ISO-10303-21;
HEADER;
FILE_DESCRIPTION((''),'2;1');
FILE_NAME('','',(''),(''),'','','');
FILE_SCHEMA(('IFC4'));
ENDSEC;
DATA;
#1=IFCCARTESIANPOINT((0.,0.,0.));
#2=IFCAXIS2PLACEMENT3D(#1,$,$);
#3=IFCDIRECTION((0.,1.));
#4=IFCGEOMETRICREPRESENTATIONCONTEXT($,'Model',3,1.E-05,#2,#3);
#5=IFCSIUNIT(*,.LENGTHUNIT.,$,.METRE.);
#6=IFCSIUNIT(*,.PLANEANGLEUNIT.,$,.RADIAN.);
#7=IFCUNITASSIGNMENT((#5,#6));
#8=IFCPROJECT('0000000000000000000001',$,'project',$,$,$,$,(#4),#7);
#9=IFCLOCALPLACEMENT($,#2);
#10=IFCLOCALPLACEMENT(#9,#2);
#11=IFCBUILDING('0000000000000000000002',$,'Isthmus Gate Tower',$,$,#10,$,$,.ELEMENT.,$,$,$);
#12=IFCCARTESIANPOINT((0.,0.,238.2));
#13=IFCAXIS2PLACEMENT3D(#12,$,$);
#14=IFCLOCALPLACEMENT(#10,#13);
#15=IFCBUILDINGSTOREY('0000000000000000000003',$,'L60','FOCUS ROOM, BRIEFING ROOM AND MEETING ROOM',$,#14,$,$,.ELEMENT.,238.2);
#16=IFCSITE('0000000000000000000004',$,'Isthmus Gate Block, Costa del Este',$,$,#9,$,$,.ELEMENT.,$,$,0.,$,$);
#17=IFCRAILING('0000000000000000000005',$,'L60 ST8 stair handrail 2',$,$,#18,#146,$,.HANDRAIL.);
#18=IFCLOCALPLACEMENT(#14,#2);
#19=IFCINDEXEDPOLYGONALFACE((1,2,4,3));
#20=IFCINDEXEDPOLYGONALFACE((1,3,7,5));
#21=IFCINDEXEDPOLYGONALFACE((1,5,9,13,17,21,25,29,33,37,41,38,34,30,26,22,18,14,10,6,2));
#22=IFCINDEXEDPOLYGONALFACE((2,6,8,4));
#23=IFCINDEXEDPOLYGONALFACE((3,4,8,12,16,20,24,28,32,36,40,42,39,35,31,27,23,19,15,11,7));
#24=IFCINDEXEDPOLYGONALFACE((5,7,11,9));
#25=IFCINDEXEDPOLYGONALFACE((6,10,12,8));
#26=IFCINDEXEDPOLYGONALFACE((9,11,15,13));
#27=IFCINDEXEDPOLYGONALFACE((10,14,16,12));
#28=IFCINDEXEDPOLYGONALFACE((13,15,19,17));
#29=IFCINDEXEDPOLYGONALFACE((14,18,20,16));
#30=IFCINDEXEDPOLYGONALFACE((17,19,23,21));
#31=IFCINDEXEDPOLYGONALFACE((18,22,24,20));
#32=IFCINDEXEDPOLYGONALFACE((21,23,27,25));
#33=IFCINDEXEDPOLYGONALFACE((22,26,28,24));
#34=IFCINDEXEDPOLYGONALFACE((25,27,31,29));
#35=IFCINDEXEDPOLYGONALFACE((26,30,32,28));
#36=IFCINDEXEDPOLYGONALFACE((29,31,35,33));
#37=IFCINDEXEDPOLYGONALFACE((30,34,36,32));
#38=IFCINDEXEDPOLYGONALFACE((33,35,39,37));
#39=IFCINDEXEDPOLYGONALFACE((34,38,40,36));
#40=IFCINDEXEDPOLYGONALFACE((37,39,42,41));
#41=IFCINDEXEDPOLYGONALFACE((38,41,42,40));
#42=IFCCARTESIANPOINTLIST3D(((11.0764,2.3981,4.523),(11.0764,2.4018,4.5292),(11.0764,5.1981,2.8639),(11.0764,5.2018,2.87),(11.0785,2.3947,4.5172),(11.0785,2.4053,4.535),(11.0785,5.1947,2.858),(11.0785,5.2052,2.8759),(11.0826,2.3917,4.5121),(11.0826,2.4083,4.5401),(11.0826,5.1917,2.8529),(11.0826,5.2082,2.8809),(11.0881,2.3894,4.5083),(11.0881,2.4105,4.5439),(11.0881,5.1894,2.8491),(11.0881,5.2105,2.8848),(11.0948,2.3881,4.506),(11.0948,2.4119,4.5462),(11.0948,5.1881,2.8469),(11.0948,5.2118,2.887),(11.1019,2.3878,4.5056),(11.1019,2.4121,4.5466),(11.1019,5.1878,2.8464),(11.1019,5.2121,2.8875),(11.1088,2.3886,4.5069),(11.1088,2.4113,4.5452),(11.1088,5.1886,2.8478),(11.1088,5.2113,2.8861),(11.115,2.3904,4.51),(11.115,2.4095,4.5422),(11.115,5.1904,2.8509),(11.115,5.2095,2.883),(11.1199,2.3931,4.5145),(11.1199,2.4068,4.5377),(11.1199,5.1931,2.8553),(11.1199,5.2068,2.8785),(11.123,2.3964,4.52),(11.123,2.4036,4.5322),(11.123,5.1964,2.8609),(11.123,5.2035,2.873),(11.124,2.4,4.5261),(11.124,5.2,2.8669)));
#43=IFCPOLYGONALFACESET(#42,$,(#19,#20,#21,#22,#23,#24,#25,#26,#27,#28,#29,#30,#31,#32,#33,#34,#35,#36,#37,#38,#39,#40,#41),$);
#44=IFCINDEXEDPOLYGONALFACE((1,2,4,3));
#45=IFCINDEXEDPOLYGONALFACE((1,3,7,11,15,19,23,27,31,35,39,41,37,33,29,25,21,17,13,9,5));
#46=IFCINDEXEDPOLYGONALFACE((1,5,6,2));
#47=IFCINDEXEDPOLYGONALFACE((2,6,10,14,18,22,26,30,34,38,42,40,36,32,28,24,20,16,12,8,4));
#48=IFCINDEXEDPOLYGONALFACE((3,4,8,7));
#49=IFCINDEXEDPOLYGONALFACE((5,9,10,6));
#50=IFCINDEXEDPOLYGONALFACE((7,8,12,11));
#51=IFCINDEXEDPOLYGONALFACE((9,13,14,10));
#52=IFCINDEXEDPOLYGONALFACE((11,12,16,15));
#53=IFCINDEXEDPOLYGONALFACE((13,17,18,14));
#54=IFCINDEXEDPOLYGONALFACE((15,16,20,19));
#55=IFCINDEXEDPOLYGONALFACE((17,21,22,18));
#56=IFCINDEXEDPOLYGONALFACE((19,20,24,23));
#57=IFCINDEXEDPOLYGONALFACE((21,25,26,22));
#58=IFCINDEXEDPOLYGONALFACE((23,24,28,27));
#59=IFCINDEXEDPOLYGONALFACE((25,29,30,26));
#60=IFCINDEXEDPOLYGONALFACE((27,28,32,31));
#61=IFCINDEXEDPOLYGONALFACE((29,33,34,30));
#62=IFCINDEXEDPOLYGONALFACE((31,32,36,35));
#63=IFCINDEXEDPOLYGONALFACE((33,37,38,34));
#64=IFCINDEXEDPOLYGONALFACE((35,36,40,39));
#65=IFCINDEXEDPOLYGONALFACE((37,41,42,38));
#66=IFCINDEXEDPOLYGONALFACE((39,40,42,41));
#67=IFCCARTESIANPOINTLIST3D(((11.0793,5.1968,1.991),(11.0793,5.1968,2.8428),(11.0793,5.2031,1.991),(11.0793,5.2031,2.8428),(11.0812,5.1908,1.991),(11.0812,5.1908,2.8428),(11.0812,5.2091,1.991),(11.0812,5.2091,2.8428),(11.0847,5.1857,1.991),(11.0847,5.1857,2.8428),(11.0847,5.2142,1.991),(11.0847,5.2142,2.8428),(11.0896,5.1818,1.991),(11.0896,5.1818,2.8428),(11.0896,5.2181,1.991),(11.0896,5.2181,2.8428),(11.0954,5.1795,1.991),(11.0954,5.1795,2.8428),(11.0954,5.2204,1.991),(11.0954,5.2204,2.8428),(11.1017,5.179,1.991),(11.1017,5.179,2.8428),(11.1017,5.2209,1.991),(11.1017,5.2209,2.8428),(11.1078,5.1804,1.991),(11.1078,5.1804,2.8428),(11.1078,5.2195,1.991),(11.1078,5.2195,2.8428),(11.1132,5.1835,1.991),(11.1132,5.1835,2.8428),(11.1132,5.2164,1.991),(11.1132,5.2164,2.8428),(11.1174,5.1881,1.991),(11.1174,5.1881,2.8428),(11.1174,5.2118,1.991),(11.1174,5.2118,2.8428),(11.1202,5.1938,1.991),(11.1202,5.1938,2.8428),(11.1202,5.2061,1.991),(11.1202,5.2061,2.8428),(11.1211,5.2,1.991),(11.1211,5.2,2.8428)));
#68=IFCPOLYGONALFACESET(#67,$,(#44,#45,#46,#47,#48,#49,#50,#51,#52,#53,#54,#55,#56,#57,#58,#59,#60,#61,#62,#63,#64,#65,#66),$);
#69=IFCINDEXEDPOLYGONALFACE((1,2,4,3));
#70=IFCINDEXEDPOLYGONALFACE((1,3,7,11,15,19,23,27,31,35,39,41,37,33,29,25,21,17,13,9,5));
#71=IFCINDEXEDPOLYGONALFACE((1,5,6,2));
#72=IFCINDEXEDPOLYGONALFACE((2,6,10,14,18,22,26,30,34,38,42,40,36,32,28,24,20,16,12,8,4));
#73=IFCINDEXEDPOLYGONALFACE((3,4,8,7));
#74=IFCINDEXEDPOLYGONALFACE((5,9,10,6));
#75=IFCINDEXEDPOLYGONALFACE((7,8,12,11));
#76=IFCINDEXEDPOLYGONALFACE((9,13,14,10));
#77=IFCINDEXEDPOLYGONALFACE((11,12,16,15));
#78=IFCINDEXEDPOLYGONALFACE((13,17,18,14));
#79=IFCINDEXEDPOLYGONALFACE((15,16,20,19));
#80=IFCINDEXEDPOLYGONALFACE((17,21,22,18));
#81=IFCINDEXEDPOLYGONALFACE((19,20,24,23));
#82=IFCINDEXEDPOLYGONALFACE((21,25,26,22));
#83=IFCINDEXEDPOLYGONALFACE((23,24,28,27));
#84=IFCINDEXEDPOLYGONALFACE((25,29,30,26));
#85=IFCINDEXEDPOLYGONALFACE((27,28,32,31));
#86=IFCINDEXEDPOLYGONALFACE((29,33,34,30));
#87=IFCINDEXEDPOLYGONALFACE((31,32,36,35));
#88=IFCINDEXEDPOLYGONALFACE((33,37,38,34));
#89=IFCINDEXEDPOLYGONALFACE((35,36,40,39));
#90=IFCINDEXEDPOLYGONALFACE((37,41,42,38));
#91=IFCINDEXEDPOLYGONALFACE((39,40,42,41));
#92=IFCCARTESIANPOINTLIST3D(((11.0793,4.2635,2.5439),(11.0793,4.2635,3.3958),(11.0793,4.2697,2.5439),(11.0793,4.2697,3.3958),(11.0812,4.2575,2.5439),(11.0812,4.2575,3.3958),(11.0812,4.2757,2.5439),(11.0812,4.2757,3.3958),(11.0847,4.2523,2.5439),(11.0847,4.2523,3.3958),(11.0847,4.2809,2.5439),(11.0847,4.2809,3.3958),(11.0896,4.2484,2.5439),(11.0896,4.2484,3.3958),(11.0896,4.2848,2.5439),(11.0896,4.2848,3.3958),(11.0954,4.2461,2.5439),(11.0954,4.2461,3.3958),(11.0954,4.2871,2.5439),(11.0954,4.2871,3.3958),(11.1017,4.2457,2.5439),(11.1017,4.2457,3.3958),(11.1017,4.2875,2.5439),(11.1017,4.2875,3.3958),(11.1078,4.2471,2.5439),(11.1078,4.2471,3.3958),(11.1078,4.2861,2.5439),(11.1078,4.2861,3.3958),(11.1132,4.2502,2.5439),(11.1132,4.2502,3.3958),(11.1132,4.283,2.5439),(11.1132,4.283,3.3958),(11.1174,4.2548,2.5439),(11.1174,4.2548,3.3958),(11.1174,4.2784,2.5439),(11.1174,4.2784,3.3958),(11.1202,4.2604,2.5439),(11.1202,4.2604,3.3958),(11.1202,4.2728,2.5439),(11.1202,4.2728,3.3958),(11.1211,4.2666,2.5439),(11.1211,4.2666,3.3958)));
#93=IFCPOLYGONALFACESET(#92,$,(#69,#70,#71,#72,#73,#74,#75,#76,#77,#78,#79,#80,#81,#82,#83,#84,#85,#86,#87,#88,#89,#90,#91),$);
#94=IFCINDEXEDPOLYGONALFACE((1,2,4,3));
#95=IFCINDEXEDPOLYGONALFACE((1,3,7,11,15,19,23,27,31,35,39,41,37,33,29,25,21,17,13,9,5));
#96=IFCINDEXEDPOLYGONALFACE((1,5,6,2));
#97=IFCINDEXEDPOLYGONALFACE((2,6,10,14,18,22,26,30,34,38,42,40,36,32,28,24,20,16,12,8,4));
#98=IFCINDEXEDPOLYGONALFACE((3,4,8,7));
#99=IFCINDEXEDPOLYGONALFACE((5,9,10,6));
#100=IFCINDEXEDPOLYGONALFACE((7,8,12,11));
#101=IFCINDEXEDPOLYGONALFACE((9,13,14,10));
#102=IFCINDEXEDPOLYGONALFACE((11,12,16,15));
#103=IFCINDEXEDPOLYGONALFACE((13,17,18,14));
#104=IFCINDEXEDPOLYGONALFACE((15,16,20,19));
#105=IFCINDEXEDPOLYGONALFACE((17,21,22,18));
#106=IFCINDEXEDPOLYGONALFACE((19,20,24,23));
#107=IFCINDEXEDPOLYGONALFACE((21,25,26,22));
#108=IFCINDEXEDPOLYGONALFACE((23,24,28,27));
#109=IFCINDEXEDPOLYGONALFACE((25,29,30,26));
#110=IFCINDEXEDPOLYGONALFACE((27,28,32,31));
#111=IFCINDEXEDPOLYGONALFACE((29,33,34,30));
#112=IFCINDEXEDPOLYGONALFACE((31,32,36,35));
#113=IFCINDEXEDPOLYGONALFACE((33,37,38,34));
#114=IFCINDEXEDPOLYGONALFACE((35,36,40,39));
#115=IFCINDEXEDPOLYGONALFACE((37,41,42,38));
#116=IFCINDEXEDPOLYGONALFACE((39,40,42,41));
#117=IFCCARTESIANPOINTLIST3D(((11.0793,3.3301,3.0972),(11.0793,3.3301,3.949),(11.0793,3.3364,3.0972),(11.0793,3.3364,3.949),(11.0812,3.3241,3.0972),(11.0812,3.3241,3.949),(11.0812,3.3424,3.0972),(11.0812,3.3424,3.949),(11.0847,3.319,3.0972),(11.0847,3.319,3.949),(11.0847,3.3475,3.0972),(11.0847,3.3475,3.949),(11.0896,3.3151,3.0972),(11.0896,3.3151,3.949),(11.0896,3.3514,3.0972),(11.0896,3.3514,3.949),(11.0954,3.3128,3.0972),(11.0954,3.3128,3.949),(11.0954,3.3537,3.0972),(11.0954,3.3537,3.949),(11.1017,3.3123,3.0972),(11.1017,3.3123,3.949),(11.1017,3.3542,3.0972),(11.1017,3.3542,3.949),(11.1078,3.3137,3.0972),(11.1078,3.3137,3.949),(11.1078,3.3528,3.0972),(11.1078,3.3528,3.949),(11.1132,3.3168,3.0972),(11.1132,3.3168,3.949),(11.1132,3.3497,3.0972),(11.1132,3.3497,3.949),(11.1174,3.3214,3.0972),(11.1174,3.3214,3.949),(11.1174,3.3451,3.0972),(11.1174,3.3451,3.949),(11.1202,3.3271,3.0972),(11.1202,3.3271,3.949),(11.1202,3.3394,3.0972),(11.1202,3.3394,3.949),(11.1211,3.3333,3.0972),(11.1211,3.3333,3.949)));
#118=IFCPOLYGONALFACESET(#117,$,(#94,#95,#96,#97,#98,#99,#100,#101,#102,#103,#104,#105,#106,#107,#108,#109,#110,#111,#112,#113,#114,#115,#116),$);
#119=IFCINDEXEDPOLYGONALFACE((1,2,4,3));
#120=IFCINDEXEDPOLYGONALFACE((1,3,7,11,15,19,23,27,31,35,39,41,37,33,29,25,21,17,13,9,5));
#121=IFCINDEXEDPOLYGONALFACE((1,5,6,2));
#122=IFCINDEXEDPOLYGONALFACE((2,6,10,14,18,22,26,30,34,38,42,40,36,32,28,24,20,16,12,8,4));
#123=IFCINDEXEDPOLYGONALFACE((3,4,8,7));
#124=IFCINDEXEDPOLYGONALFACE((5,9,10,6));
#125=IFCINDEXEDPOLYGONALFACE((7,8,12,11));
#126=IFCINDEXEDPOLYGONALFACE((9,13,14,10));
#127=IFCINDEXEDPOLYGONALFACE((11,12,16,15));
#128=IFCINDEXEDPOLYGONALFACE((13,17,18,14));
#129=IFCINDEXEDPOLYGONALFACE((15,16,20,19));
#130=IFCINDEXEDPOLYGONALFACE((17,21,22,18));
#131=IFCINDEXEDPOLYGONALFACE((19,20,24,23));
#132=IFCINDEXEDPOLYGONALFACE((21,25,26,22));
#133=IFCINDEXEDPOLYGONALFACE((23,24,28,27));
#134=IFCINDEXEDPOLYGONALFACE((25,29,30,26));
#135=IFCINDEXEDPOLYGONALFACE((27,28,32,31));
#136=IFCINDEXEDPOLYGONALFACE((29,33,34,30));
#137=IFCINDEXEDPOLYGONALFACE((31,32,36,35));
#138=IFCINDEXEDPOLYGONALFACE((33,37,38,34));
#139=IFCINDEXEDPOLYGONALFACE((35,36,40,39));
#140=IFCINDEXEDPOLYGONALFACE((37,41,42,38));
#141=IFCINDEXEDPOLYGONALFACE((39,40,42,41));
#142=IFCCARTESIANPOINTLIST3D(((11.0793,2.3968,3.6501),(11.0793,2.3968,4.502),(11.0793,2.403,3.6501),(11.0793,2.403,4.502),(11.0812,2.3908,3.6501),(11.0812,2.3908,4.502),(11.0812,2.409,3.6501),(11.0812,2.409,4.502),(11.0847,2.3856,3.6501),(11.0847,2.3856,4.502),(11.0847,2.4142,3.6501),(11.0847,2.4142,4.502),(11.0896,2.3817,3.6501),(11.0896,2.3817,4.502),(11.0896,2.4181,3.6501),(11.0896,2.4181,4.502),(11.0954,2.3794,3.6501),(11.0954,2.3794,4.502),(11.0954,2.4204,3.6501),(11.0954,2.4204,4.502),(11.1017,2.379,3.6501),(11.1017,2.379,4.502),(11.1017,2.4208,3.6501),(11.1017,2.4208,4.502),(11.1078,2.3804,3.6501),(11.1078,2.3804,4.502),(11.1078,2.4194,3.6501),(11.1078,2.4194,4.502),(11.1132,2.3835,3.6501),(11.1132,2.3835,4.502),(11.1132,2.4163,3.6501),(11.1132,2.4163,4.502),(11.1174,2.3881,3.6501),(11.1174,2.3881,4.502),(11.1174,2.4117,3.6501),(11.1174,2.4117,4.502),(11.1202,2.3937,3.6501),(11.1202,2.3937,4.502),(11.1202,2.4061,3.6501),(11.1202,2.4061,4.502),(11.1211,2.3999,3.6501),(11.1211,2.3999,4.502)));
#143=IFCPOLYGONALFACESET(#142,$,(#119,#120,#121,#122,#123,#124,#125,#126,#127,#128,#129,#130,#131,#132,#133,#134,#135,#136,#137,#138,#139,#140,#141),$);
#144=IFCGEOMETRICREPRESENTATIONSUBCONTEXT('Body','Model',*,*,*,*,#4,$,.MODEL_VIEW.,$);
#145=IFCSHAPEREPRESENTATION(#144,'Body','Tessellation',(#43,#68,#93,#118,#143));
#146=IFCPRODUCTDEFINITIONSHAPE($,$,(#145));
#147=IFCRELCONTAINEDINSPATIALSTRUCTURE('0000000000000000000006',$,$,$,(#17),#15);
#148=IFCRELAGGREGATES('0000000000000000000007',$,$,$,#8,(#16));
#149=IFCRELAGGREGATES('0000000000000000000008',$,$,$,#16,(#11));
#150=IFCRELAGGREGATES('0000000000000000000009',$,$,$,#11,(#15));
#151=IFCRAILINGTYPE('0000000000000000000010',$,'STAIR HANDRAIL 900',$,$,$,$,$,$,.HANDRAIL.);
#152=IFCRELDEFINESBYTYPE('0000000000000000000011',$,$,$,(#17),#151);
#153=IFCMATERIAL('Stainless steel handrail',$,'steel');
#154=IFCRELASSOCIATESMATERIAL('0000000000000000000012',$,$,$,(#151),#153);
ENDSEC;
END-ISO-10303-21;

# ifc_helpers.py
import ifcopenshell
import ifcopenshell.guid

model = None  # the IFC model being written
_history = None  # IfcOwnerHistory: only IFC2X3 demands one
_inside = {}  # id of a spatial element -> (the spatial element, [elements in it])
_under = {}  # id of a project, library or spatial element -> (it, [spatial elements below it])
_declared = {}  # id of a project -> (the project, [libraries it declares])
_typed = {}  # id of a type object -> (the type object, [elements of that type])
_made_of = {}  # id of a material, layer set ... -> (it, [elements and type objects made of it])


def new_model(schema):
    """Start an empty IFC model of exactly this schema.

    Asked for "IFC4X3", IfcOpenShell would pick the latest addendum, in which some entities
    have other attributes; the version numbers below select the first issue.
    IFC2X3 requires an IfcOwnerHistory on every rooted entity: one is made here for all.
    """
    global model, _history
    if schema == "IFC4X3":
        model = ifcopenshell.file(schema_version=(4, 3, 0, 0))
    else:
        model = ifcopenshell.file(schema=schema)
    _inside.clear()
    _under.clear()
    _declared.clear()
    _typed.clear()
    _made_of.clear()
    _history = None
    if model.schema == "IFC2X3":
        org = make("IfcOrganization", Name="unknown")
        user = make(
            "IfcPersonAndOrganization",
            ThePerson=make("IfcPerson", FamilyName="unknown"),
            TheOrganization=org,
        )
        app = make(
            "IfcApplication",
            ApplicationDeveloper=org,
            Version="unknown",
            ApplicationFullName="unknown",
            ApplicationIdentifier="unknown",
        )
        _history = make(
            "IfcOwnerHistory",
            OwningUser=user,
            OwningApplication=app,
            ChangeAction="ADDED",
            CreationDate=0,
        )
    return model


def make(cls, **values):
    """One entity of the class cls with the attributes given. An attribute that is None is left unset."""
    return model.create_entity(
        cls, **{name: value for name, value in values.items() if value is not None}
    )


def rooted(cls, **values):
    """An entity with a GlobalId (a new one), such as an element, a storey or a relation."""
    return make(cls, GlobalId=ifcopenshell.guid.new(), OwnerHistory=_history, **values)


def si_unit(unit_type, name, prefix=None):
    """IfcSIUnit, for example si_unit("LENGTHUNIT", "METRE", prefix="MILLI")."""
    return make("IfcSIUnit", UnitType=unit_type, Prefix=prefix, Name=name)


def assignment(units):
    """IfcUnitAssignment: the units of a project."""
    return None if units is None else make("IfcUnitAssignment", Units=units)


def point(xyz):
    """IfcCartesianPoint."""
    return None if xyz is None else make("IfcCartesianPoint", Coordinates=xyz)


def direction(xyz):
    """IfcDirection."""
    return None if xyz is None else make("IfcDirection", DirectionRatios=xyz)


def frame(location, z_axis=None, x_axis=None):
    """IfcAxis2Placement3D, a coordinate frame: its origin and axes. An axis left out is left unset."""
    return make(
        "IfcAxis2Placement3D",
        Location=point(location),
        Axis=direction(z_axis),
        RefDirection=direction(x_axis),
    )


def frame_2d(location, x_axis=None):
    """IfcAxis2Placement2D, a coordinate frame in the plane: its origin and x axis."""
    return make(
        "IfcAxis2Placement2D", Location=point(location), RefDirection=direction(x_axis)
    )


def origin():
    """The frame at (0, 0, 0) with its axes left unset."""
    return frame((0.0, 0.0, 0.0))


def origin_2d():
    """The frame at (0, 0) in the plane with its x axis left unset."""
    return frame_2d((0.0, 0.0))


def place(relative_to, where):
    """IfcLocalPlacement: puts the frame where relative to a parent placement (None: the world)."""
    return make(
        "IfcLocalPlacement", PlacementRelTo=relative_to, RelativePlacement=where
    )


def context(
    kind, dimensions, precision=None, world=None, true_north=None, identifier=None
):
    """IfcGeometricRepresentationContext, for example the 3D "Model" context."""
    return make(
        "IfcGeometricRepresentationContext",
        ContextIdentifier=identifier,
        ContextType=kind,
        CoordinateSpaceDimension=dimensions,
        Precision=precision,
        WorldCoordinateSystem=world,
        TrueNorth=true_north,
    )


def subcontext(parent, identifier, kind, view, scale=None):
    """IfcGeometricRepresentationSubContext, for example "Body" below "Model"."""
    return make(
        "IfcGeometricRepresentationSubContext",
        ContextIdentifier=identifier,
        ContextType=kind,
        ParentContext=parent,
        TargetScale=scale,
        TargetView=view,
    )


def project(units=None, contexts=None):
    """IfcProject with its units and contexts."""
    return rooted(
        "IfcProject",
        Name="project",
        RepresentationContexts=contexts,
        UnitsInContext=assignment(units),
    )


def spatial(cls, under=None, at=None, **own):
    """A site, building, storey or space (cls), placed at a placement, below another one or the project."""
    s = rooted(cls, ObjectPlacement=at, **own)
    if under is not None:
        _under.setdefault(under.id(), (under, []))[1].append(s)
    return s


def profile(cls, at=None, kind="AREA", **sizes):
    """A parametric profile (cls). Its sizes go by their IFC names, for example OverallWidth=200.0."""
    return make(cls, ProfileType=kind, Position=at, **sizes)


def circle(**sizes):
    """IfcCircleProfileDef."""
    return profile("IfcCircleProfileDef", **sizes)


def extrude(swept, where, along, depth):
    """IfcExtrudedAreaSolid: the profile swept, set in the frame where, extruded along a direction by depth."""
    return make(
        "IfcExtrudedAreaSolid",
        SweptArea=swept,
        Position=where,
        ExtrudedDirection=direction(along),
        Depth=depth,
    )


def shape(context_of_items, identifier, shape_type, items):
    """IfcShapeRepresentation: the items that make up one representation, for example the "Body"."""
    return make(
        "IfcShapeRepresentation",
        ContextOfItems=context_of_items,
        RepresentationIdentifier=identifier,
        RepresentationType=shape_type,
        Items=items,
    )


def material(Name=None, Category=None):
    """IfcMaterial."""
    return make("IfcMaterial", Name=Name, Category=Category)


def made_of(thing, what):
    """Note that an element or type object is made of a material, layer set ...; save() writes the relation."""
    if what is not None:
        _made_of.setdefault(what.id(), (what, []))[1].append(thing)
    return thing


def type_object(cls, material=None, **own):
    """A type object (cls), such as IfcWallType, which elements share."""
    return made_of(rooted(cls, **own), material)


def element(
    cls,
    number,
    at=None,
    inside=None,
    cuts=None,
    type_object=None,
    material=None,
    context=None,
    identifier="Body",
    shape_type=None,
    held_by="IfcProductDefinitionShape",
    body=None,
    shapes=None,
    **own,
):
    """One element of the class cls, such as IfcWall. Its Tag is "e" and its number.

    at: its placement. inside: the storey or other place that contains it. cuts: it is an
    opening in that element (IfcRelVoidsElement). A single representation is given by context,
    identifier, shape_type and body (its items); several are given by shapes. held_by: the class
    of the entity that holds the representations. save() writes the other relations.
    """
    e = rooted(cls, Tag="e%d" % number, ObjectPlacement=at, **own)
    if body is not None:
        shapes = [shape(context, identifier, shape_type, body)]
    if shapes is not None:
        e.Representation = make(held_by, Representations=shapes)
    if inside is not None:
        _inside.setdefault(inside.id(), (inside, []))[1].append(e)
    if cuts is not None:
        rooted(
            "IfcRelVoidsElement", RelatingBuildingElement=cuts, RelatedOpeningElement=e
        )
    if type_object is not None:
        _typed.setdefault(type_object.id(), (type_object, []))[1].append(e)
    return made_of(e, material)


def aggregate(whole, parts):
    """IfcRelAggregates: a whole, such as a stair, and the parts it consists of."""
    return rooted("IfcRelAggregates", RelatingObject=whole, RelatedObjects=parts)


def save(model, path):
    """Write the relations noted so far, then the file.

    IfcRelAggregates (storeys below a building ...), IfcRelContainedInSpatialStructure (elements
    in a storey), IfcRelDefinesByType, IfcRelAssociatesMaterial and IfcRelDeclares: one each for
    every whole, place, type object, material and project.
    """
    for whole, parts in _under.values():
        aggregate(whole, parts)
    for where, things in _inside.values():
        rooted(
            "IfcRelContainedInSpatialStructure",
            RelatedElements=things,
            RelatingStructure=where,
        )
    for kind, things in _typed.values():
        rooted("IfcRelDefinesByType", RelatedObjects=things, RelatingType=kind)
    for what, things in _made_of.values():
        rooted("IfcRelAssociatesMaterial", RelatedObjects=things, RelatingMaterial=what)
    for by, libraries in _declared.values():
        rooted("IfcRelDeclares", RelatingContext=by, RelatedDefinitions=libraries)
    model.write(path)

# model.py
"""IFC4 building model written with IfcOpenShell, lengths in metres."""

from ifc_helpers import new_model, si_unit, direction, frame, origin, origin_2d, place, context, subcontext, project, spatial, circle, extrude, material, type_object, element, save


model = new_model("IFC4")

# Units and contexts
model_context = context("Model", 3, precision=1e-05, world=origin(), true_north=direction((0.0, 1.0)))
body_context = subcontext(model_context, "Body", "Model", "MODEL_VIEW")
ifc_project = project(units=[si_unit("LENGTHUNIT", "METRE"), si_unit("PLANEANGLEUNIT", "RADIAN")], contexts=[model_context])

# Site, building, storey
site_placement = place(None, origin())
site = spatial("IfcSite", under=ifc_project, at=site_placement, Name="Isthmus Gate Block, Costa del Este", CompositionType="ELEMENT", RefElevation=0.0)
building_placement = place(site_placement, origin())
building = spatial("IfcBuilding", under=site, at=building_placement, Name="Isthmus Gate Tower", CompositionType="ELEMENT")
storey_placement = place(building_placement, frame((0.0, 0.0, 238.2)))
storey = spatial("IfcBuildingStorey", under=building, at=storey_placement, Name="L60", Description="FOCUS ROOM, BRIEFING ROOM AND MEETING ROOM", CompositionType="ELEMENT", Elevation=238.2)

# Railing
ifc_material_1 = material(Name="Stainless steel handrail", Category="steel")
railing_type_1 = type_object("IfcRailingType", Name="STAIR HANDRAIL 900", PredefinedType="HANDRAIL", material=ifc_material_1)
railing_1_placement = place(storey_placement, frame((11.1001, 5.2, 1.991)))
element("IfcRailing", 1, at=railing_1_placement, inside=storey, type_object=railing_type_1, Name="L60 ST8 stair handrail 2", PredefinedType="HANDRAIL", context=body_context, shape_type="SweptSolid", body=[
    extrude(circle(Radius=0.0239, at=origin_2d()), frame((0.0, 0.0, 0.876), z_axis=(0.0, -0.860306, 0.509778), x_axis=(1.0, 0.0, 0.0)), (0.0, 0.0, 1.0), 3.2546),
    extrude(circle(Radius=0.021, at=origin_2d()), origin(), (0.0, 0.0, 1.0), 0.8518),
    extrude(circle(Radius=0.021, at=origin_2d()), frame((0.0, -0.9333, 0.553)), (0.0, 0.0, 1.0), 0.8518),
    extrude(circle(Radius=0.021, at=origin_2d()), frame((0.0, -1.8667, 1.1062)), (0.0, 0.0, 1.0), 0.8518),
    extrude(circle(Radius=0.021, at=origin_2d()), frame((0.0, -2.8, 1.6592)), (0.0, 0.0, 1.0), 0.8518),
])

save(model, "model.ifc")
